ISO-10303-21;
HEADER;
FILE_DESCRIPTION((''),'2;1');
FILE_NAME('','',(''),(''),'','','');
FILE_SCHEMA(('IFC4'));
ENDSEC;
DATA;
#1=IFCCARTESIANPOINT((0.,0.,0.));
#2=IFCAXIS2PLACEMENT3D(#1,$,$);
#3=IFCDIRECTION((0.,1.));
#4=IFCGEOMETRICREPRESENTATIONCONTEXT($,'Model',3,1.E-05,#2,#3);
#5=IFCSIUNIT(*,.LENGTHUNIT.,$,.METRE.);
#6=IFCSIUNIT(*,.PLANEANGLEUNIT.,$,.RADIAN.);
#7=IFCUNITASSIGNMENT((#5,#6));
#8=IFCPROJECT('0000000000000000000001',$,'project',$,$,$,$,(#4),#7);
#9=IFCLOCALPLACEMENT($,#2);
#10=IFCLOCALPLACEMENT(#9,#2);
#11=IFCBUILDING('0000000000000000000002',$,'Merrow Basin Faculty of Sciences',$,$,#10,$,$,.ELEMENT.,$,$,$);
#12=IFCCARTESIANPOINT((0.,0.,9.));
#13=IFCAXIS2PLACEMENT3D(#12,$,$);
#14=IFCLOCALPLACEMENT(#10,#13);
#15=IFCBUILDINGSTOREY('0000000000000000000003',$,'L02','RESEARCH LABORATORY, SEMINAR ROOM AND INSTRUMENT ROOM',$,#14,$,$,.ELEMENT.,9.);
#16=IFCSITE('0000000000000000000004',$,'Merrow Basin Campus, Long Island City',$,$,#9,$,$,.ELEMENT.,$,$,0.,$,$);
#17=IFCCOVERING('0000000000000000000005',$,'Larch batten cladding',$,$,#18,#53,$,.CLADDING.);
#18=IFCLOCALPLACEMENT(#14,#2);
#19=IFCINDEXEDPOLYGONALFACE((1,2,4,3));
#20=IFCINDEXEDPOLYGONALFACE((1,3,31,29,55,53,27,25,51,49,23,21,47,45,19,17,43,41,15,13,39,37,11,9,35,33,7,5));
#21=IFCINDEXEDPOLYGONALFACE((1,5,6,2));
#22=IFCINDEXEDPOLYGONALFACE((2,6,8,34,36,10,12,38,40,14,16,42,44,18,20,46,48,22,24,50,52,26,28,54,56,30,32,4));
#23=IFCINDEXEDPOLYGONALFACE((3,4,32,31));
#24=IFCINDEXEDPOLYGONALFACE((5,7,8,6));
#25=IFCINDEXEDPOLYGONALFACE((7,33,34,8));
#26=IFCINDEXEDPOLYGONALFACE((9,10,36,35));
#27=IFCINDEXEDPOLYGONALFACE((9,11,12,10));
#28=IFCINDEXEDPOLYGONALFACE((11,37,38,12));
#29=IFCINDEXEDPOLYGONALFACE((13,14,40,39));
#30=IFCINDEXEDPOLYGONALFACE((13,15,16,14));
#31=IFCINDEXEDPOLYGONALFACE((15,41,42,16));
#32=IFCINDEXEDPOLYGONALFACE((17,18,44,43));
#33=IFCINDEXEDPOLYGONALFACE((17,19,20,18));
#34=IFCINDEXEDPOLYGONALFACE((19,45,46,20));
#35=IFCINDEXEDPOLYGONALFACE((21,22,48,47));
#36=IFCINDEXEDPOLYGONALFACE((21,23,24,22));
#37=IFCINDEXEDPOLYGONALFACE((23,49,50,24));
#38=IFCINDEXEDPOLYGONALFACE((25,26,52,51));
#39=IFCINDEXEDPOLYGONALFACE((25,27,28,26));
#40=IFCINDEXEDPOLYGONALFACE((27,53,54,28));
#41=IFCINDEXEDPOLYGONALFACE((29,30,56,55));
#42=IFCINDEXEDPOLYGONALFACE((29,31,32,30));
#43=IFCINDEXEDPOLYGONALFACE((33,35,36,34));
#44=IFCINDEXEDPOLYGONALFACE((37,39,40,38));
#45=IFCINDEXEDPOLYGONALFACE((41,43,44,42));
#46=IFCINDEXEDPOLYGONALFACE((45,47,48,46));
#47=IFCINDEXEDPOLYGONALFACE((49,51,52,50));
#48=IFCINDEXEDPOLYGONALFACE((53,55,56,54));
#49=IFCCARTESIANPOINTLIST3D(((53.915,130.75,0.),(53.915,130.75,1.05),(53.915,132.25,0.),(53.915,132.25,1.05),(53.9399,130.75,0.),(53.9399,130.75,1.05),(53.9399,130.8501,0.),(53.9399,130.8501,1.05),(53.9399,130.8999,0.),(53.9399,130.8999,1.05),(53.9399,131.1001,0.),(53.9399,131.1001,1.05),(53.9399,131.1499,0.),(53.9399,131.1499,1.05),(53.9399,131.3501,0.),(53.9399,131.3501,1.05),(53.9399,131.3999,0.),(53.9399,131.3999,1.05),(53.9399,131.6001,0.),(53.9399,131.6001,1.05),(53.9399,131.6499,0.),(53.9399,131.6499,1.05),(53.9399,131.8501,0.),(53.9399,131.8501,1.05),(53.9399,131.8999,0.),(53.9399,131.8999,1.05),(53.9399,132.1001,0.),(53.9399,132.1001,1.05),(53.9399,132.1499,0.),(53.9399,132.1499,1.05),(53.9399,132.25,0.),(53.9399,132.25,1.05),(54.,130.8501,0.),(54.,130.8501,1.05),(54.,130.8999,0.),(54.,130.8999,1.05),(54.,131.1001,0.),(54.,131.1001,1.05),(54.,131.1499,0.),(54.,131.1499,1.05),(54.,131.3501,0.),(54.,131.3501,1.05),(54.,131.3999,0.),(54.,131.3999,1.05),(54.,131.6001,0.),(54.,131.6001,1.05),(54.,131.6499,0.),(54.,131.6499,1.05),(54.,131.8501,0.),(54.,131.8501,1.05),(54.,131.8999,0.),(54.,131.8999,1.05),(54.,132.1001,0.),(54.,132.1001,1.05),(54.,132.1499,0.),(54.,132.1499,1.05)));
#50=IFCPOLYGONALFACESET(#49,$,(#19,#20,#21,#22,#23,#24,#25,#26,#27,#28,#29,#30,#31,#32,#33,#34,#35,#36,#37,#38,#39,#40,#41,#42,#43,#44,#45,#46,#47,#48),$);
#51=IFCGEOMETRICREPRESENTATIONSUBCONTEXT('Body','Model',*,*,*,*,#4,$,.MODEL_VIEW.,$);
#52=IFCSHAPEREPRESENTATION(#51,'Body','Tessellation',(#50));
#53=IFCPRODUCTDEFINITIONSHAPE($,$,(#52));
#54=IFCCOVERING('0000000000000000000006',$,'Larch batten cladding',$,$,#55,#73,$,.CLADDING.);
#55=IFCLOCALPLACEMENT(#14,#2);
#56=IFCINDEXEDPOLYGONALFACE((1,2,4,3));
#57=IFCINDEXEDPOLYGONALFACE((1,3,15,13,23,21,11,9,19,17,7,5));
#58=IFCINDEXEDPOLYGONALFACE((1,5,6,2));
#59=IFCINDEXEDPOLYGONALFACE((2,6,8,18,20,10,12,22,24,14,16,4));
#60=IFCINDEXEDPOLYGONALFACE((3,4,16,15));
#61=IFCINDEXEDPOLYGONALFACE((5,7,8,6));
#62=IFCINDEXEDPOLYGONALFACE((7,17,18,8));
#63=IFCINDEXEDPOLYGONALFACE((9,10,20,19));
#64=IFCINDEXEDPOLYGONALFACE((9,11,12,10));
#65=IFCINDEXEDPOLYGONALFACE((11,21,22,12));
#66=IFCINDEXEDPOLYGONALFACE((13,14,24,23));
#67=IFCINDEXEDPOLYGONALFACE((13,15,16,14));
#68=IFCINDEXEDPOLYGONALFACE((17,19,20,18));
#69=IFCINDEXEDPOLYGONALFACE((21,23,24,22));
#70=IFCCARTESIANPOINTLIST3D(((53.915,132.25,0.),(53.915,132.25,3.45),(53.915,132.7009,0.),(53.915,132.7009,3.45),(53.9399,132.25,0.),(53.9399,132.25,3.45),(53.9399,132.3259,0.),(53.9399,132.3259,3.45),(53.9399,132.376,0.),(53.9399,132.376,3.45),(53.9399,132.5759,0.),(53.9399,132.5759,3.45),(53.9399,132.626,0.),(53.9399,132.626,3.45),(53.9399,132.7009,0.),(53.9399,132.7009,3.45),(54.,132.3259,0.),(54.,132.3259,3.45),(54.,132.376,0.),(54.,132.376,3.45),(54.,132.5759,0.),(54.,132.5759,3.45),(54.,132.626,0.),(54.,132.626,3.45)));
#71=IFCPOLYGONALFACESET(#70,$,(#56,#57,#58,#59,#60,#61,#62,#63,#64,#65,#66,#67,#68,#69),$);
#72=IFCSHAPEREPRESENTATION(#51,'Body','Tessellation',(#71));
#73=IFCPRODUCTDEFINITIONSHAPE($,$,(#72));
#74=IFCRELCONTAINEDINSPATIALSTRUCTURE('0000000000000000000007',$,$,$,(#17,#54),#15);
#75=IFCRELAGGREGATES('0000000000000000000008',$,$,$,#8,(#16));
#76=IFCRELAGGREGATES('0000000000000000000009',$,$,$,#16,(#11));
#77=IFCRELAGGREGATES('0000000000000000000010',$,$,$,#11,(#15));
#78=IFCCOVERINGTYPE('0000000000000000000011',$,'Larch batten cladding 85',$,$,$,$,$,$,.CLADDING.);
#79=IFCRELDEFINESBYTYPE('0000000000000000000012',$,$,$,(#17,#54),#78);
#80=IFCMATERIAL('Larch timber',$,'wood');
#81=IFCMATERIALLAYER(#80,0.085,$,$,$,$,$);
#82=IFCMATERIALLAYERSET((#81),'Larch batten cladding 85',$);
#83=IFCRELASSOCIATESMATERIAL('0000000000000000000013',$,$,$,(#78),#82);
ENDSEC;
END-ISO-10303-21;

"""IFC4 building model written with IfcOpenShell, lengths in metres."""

from ifc_helpers import new_model, si_unit, direction, frame, origin, place, context, subcontext, project, spatial, polyline, outline, extrude, source, transform, mapped, material, layer, layer_set, type_object, element, save


model = new_model("IFC4")

# Units and contexts
model_context = context("Model", 3, precision=1e-05, world=origin(), true_north=direction((0.0, 1.0)))
body_context = subcontext(model_context, "Body", "Model", "MODEL_VIEW")
ifc_project = project(units=[si_unit("LENGTHUNIT", "METRE"), si_unit("PLANEANGLEUNIT", "RADIAN")], contexts=[model_context])

# Site, building, storey
site_placement = place(None, origin())
site = spatial("IfcSite", under=ifc_project, at=site_placement, Name="Merrow Basin Campus, Long Island City", CompositionType="ELEMENT", RefElevation=0.0)
building_placement = place(site_placement, origin())
building = spatial("IfcBuilding", under=site, at=building_placement, Name="Merrow Basin Faculty of Sciences", CompositionType="ELEMENT")
storey_placement = place(building_placement, frame((0.0, 0.0, 9.0)))
storey = spatial("IfcBuildingStorey", under=building, at=storey_placement, Name="L02", Description="RESEARCH LABORATORY, SEMINAR ROOM AND INSTRUMENT ROOM", CompositionType="ELEMENT", Elevation=9.0)

# Coverings
ifc_material_1 = material(Name="Larch timber", Category="wood")
ifc_layer_1 = layer(ifc_material_1, 0.085)
ifc_layer_set_1 = layer_set([ifc_layer_1], Name="Larch batten cladding 85")
covering_type = type_object("IfcCoveringType", Name="Larch batten cladding 85", PredefinedType="CLADDING", material=ifc_layer_set_1)
shared_shape_1 = source(origin(), body_context, "Body", "SweptSolid", [
    extrude(outline(polyline([(0.0, 0.0), (1.5, 0.0), (1.5, 0.0249), (1.3999, 0.0249), (1.3999, 0.085), (1.3501, 0.085), (1.3501, 0.0249), (1.1499, 0.0249), (1.1499, 0.085), (1.1001, 0.085), (1.1001, 0.0249), (0.8999, 0.0249), (0.8999, 0.085), (0.8501, 0.085), (0.8501, 0.0249), (0.6499, 0.0249), (0.6499, 0.085), (0.6001, 0.085), (0.6001, 0.0249), (0.3999, 0.0249), (0.3999, 0.085), (0.3501, 0.085), (0.3501, 0.0249), (0.1499, 0.0249), (0.1499, 0.085), (0.1001, 0.085), (0.1001, 0.0249), (0.0, 0.0249), (0.0, 0.0)])), origin(), (0.0, 0.0, 1.0), 1.05),
])
covering_1_placement = place(storey_placement, frame((53.915, 132.25, 0.0), z_axis=(0.0, 0.0, 1.0), x_axis=(0.0, -1.0, 0.0)))
element("IfcCovering", 1, at=covering_1_placement, inside=storey, type_object=covering_type, Name="Larch batten cladding", PredefinedType="CLADDING", context=body_context, shape_type="MappedRepresentation", body=[
    mapped(shared_shape_1, transform((0.0, 0.0, 0.0), scale=1.0)),
])
shared_shape_2 = source(origin(), body_context, "Body", "SweptSolid", [
    extrude(outline(polyline([(0.0, 0.0), (0.4509, 0.0), (0.4509, 0.0249), (0.375, 0.0249), (0.375, 0.085), (0.325, 0.085), (0.325, 0.0249), (0.125, 0.0249), (0.125, 0.085), (0.075, 0.085), (0.075, 0.0249), (0.0, 0.0249), (0.0, 0.0)])), origin(), (0.0, 0.0, 1.0), 3.45),
])
covering_2_placement = place(storey_placement, frame((53.915, 132.7009, 0.0), z_axis=(0.0, 0.0, 1.0), x_axis=(0.0, -1.0, 0.0)))
element("IfcCovering", 2, at=covering_2_placement, inside=storey, type_object=covering_type, Name="Larch batten cladding", PredefinedType="CLADDING", context=body_context, shape_type="MappedRepresentation", body=[
    mapped(shared_shape_2, transform((0.0, 0.0, 0.0), scale=1.0)),
])

save(model, "model.ifc")
